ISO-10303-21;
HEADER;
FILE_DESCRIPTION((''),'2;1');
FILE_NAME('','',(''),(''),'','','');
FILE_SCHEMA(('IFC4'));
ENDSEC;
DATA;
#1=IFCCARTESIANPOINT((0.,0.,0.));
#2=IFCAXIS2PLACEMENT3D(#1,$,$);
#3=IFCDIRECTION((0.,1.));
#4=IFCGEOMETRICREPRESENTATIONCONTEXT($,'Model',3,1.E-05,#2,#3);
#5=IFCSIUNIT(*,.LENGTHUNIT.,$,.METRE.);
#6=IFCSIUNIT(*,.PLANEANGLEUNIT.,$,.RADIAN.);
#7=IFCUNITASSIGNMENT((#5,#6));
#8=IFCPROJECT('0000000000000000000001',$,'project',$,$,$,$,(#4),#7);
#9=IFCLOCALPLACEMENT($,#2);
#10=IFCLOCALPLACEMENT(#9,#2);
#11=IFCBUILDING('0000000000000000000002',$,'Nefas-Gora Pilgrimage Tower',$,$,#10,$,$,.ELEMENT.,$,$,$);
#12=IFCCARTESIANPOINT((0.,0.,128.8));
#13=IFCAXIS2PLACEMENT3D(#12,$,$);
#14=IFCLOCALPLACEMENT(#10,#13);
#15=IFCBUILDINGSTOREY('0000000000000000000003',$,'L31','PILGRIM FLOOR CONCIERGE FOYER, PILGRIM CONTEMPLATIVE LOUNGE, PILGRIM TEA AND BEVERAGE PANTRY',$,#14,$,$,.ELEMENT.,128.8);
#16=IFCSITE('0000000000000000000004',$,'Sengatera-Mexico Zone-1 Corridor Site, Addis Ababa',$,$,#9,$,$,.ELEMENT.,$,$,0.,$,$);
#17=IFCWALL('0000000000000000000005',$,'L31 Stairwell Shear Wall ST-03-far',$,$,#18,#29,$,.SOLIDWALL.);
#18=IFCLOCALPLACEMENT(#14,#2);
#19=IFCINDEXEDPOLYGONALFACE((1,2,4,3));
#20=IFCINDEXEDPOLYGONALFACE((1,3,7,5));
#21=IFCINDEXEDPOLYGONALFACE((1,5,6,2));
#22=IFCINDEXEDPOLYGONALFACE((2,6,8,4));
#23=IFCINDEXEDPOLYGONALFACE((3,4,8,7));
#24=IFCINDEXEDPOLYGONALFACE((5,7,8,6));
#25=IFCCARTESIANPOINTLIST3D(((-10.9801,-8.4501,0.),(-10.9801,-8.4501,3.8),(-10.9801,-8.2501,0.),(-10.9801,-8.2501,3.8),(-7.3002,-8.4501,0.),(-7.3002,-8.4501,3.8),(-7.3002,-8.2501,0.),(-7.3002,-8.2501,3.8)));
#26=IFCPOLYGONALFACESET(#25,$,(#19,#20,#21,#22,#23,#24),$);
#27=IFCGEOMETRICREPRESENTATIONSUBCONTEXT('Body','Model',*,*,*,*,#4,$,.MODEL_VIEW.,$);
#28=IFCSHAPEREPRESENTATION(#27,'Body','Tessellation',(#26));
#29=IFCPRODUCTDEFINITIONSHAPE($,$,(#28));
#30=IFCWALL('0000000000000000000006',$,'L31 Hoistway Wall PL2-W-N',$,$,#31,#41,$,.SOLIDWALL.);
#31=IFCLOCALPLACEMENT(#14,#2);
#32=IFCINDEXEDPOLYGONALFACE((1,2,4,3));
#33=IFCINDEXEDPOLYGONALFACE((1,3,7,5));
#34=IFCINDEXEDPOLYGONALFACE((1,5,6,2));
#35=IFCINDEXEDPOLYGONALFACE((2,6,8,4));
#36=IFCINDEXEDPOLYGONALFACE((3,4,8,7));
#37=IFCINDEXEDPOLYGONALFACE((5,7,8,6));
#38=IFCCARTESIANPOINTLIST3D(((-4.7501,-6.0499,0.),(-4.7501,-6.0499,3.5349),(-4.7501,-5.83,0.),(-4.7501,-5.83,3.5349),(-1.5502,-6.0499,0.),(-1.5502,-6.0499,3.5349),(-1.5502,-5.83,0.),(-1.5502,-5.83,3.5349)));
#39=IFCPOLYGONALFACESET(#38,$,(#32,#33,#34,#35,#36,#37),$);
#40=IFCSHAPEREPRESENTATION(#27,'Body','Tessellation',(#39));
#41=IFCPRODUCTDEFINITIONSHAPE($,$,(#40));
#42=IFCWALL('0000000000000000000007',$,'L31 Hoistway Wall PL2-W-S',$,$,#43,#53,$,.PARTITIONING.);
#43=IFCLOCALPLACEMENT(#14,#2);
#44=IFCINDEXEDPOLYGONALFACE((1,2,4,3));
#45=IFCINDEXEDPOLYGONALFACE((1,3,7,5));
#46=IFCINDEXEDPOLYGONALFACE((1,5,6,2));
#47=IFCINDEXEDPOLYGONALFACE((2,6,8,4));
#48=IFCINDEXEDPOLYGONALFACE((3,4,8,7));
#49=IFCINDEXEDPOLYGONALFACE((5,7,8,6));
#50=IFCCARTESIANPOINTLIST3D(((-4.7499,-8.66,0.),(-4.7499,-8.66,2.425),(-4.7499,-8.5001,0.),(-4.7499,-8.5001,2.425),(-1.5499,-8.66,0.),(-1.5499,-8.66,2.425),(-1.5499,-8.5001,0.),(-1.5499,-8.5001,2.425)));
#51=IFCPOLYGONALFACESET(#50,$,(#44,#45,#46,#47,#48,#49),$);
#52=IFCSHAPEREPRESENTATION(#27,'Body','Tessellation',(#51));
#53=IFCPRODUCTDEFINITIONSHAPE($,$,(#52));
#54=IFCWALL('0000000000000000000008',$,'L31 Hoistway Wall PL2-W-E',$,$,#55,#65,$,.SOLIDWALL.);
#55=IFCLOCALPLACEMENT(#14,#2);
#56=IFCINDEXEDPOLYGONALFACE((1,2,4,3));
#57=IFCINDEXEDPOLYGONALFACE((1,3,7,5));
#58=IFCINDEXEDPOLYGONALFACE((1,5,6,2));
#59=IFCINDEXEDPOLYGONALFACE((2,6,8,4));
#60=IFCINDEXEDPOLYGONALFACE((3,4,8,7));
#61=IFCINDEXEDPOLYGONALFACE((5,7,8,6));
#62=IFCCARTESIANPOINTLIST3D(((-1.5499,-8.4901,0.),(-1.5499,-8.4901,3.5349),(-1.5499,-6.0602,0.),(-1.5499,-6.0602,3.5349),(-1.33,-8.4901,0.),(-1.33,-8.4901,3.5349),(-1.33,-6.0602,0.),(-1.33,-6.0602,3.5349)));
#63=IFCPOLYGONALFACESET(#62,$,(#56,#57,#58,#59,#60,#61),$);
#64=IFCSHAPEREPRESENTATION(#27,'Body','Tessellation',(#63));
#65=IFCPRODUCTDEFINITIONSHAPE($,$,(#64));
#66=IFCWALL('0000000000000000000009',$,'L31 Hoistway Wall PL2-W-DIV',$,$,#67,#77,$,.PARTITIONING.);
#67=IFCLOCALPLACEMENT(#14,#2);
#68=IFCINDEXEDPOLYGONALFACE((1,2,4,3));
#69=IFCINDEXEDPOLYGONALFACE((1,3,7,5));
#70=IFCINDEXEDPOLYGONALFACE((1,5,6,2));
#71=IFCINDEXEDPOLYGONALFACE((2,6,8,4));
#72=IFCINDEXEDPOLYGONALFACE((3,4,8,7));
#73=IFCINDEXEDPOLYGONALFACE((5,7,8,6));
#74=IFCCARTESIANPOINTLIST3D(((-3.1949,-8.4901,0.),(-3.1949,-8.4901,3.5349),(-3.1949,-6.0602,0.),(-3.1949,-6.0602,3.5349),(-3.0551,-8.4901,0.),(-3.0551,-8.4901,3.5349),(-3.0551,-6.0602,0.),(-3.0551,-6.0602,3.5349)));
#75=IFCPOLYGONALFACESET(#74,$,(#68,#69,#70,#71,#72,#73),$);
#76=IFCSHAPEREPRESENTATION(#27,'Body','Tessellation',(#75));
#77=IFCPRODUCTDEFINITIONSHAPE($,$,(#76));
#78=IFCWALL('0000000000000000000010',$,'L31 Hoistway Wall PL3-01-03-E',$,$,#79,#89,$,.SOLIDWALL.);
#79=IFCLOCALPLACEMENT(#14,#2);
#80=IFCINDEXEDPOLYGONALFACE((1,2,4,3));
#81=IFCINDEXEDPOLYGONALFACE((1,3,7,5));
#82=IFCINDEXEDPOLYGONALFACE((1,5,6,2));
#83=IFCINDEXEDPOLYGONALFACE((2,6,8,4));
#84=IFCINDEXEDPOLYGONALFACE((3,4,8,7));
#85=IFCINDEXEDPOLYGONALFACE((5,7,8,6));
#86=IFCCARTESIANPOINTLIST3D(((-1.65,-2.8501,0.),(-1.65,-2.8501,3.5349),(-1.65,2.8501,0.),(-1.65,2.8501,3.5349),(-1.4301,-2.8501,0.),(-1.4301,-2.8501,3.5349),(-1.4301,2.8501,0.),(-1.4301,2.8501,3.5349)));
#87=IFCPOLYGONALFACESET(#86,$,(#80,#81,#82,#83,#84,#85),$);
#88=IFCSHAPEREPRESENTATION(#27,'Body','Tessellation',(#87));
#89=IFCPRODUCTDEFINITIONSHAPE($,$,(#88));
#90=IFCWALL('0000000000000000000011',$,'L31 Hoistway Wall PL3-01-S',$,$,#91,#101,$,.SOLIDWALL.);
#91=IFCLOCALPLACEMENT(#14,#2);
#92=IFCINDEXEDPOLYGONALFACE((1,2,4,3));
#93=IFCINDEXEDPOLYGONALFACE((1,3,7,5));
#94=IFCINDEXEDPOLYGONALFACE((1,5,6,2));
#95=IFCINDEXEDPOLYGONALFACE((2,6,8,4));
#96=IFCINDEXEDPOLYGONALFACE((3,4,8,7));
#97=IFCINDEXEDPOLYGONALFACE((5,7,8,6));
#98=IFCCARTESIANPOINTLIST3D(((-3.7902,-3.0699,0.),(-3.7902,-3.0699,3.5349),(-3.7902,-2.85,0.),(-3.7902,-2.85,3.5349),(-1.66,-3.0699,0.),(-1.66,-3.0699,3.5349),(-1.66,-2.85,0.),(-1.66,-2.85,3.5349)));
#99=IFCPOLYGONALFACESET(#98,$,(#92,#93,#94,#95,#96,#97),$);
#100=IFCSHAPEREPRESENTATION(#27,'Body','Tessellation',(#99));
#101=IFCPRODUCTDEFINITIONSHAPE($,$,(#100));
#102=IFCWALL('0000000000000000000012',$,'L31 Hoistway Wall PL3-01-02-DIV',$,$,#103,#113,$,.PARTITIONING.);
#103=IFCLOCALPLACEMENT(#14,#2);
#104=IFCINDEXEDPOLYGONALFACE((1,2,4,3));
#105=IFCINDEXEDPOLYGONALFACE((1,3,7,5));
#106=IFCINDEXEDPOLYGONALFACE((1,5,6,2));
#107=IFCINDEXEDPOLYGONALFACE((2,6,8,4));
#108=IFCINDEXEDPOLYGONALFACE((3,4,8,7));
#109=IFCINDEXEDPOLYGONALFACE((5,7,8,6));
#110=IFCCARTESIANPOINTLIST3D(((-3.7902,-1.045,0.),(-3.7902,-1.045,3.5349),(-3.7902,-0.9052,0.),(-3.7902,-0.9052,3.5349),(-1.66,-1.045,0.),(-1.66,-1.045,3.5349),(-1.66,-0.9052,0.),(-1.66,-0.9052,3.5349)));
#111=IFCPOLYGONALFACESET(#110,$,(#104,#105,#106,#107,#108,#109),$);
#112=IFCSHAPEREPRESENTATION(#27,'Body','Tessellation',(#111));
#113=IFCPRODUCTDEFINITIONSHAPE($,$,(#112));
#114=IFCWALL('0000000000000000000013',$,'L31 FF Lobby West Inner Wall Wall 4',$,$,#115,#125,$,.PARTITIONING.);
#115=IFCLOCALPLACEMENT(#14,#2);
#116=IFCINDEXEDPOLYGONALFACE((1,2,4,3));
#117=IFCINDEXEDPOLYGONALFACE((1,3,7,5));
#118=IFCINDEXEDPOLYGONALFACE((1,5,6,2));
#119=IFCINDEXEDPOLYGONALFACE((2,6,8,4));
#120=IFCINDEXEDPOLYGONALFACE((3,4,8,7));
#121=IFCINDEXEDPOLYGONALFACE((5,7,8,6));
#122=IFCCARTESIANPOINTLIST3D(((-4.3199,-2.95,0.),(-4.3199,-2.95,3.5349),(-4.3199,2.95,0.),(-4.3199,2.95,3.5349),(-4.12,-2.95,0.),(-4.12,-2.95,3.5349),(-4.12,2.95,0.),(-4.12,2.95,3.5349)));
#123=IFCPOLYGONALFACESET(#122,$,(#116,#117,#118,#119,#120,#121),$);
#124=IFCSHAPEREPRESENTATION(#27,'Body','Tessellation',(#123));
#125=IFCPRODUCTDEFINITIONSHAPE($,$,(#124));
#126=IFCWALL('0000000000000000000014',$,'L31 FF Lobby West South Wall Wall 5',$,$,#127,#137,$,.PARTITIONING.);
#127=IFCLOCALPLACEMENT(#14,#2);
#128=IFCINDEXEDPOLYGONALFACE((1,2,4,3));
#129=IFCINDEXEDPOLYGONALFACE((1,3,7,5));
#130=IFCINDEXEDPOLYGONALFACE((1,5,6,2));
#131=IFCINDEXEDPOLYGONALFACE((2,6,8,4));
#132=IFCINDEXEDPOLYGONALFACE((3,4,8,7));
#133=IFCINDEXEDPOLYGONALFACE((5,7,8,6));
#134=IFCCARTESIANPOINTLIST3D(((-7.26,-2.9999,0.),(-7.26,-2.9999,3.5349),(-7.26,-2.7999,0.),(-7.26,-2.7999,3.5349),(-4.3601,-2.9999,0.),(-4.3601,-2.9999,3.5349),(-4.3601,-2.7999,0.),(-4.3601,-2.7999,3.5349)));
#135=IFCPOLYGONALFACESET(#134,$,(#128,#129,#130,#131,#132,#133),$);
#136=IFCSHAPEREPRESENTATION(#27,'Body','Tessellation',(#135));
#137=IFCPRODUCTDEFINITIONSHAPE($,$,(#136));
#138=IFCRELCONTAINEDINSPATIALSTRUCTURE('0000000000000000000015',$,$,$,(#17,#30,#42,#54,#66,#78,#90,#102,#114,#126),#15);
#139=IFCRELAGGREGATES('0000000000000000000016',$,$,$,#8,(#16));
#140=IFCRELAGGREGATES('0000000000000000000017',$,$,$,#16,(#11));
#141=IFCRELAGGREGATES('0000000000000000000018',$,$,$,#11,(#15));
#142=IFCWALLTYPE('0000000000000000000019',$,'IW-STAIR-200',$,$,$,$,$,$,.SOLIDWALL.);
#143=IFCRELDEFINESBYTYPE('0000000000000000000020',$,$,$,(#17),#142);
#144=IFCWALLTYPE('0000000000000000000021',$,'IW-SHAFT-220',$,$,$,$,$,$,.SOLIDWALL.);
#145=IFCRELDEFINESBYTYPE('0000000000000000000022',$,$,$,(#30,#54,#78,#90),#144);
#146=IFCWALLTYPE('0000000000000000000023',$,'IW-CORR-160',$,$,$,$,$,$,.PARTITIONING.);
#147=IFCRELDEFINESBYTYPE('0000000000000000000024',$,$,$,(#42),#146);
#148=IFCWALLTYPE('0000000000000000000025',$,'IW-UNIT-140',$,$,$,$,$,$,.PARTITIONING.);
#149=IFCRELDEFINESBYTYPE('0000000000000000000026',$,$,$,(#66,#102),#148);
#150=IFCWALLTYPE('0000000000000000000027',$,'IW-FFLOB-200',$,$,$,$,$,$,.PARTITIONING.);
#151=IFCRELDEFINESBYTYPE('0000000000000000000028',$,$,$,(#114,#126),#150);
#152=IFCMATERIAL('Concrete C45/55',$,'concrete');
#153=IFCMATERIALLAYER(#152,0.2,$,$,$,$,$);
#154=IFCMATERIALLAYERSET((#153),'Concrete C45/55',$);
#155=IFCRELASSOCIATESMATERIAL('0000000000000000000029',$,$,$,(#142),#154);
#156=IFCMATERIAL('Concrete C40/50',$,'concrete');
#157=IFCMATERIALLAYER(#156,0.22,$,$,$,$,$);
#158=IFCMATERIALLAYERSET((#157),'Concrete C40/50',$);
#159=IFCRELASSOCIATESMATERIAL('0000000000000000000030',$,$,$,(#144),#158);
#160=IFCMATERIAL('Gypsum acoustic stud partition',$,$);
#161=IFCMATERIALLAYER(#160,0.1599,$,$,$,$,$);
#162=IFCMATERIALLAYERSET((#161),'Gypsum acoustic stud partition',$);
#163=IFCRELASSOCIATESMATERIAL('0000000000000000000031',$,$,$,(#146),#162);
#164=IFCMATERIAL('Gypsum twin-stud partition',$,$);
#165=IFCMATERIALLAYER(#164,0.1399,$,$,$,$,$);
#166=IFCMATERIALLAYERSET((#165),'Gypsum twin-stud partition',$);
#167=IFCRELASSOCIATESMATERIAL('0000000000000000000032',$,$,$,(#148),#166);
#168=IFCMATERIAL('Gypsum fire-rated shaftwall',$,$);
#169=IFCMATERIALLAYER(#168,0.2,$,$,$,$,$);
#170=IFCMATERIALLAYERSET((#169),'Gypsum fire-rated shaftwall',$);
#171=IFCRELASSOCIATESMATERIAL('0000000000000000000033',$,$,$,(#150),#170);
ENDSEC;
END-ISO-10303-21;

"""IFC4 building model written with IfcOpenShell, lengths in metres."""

from ifc_helpers import new_model, si_unit, direction, frame, frame_2d, origin, place, context, subcontext, project, spatial, rectangle, extrude, source, transform, mapped, material, layer, layer_set, type_object, element, save


model = new_model("IFC4")

# Units and contexts
model_context = context("Model", 3, precision=1e-05, world=origin(), true_north=direction((0.0, 1.0)))
body_context = subcontext(model_context, "Body", "Model", "MODEL_VIEW")
ifc_project = project(units=[si_unit("LENGTHUNIT", "METRE"), si_unit("PLANEANGLEUNIT", "RADIAN")], contexts=[model_context])

# Site, building, storey
site_placement = place(None, origin())
site = spatial("IfcSite", under=ifc_project, at=site_placement, Name="Sengatera-Mexico Zone-1 Corridor Site, Addis Ababa", CompositionType="ELEMENT", RefElevation=0.0)
building_placement = place(site_placement, origin())
building = spatial("IfcBuilding", under=site, at=building_placement, Name="Nefas-Gora Pilgrimage Tower", CompositionType="ELEMENT")
storey_placement = place(building_placement, frame((0.0, 0.0, 128.8)))
storey = spatial("IfcBuildingStorey", under=building, at=storey_placement, Name="L31", Description="PILGRIM FLOOR CONCIERGE FOYER, PILGRIM CONTEMPLATIVE LOUNGE, PILGRIM TEA AND BEVERAGE PANTRY", CompositionType="ELEMENT", Elevation=128.8)

# Shared definitions
ifc_material_1 = material(Name="Concrete C45/55", Category="concrete")
ifc_layer_1 = layer(ifc_material_1, 0.2)
ifc_layer_set_1 = layer_set([ifc_layer_1], Name="Concrete C45/55")
wall_type_1 = type_object("IfcWallType", Name="IW-STAIR-200", PredefinedType="SOLIDWALL", material=ifc_layer_set_1)

# Walls
shared_shape_1 = source(origin(), body_context, "Body", "SweptSolid", [
    extrude(rectangle(XDim=3.6799, YDim=0.2, at=frame_2d((1.8398, 0.0))), origin(), (0.0, 0.0, 1.0), 3.8),
])
wall_1_placement = place(storey_placement, frame((-10.98, -8.3501, 0.0), z_axis=(0.0, 0.0, 1.0), x_axis=(1.0, 0.0, 0.0)))
element("IfcWall", 1, at=wall_1_placement, inside=storey, type_object=wall_type_1, Name="L31 Stairwell Shear Wall ST-03-far", PredefinedType="SOLIDWALL", context=body_context, shape_type="MappedRepresentation", body=[
    mapped(shared_shape_1, transform((0.0, 0.0, 0.0), x_axis=(1.0, 0.0, 0.0), y_axis=(0.0, 1.0, 0.0), z_axis=(0.0, 0.0, 1.0), scale=1.0)),
])
ifc_material_2 = material(Name="Concrete C40/50", Category="concrete")
ifc_layer_2 = layer(ifc_material_2, 0.22)
ifc_layer_set_2 = layer_set([ifc_layer_2], Name="Concrete C40/50")
wall_type_2 = type_object("IfcWallType", Name="IW-SHAFT-220", PredefinedType="SOLIDWALL", material=ifc_layer_set_2)
shared_shape_2 = source(origin(), body_context, "Body", "SweptSolid", [
    extrude(rectangle(XDim=3.2, YDim=0.22, at=frame_2d((1.6001, 0.0))), origin(), (0.0, 0.0, 1.0), 3.5349),
])
wall_2_placement = place(storey_placement, frame((-1.55, -5.9399, 0.0), z_axis=(0.0, 0.0, 1.0), x_axis=(-1.0, 0.0, 0.0)))
element("IfcWall", 2, at=wall_2_placement, inside=storey, type_object=wall_type_2, Name="L31 Hoistway Wall PL2-W-N", PredefinedType="SOLIDWALL", context=body_context, shape_type="MappedRepresentation", body=[
    mapped(shared_shape_2, transform((0.0, 0.0, 0.0), x_axis=(1.0, 0.0, 0.0), y_axis=(0.0, 1.0, 0.0), z_axis=(0.0, 0.0, 1.0), scale=1.0)),
])
ifc_material_3 = material(Name="Gypsum acoustic stud partition")
ifc_layer_3 = layer(ifc_material_3, 0.1599)
ifc_layer_set_3 = layer_set([ifc_layer_3], Name="Gypsum acoustic stud partition")
wall_type_3 = type_object("IfcWallType", Name="IW-CORR-160", PredefinedType="PARTITIONING", material=ifc_layer_set_3)
shared_shape_3 = source(origin(), body_context, "Body", "SweptSolid", [
    extrude(rectangle(XDim=3.2, YDim=0.1599, at=frame_2d((1.6001, 0.0))), origin(), (0.0, 0.0, 1.0), 2.425),
])
wall_3_placement = place(storey_placement, frame((-4.75, -8.5801, 0.0), z_axis=(0.0, 0.0, 1.0), x_axis=(1.0, 0.0, 0.0)))
element("IfcWall", 3, at=wall_3_placement, inside=storey, type_object=wall_type_3, Name="L31 Hoistway Wall PL2-W-S", PredefinedType="PARTITIONING", context=body_context, shape_type="MappedRepresentation", body=[
    mapped(shared_shape_3, transform((0.0, 0.0, 0.0), x_axis=(1.0, 0.0, 0.0), y_axis=(0.0, 1.0, 0.0), z_axis=(0.0, 0.0, 1.0), scale=1.0)),
])
shared_shape_4 = source(origin(), body_context, "Body", "SweptSolid", [
    extrude(rectangle(XDim=2.4299, YDim=0.22, at=frame_2d((1.2148, 0.0))), origin(), (0.0, 0.0, 1.0), 3.5349),
])
for number, where, z_axis, x_axis, name in (
    (4, (-1.4399, -8.49, 0.0), (0.0, 0.0, 1.0), (0.0, 1.0, 0.0), "L31 Hoistway Wall PL2-W-E"),
):
    element("IfcWall", number, at=place(storey_placement, frame(where, z_axis=z_axis, x_axis=x_axis)), inside=storey, type_object=wall_type_2, Name=name, PredefinedType="SOLIDWALL", context=body_context, shape_type="MappedRepresentation", body=[
        mapped(shared_shape_4, transform((0.0, 0.0, 0.0), x_axis=(1.0, 0.0, 0.0), y_axis=(0.0, 1.0, 0.0), z_axis=(0.0, 0.0, 1.0), scale=1.0)),
    ])
ifc_material_4 = material(Name="Gypsum twin-stud partition")
ifc_layer_4 = layer(ifc_material_4, 0.1399)
ifc_layer_set_4 = layer_set([ifc_layer_4], Name="Gypsum twin-stud partition")
wall_type_4 = type_object("IfcWallType", Name="IW-UNIT-140", PredefinedType="PARTITIONING", material=ifc_layer_set_4)
shared_shape_5 = source(origin(), body_context, "Body", "SweptSolid", [
    extrude(rectangle(XDim=2.4299, YDim=0.1399, at=frame_2d((1.2148, 0.0))), origin(), (0.0, 0.0, 1.0), 3.5349),
])
wall_4_placement = place(storey_placement, frame((-3.125, -8.49, 0.0), z_axis=(0.0, 0.0, 1.0), x_axis=(0.0, 1.0, 0.0)))
element("IfcWall", 5, at=wall_4_placement, inside=storey, type_object=wall_type_4, Name="L31 Hoistway Wall PL2-W-DIV", PredefinedType="PARTITIONING", context=body_context, shape_type="MappedRepresentation", body=[
    mapped(shared_shape_5, transform((0.0, 0.0, 0.0), x_axis=(1.0, 0.0, 0.0), y_axis=(0.0, 1.0, 0.0), z_axis=(0.0, 0.0, 1.0), scale=1.0)),
])
shared_shape_6 = source(origin(), body_context, "Body", "SweptSolid", [
    extrude(rectangle(XDim=5.7002, YDim=0.22, at=frame_2d((2.8501, 0.0))), origin(), (0.0, 0.0, 1.0), 3.5349),
])
wall_5_placement = place(storey_placement, frame((-1.54, -2.8501, 0.0), z_axis=(0.0, 0.0, 1.0), x_axis=(0.0, 1.0, 0.0)))
element("IfcWall", 6, at=wall_5_placement, inside=storey, type_object=wall_type_2, Name="L31 Hoistway Wall PL3-01-03-E", PredefinedType="SOLIDWALL", context=body_context, shape_type="MappedRepresentation", body=[
    mapped(shared_shape_6, transform((0.0, 0.0, 0.0), x_axis=(1.0, 0.0, 0.0), y_axis=(0.0, 1.0, 0.0), z_axis=(0.0, 0.0, 1.0), scale=1.0)),
])
shared_shape_7 = source(origin(), body_context, "Body", "SweptSolid", [
    extrude(rectangle(XDim=2.1301, YDim=0.22, at=frame_2d((1.0649, 0.0))), origin(), (0.0, 0.0, 1.0), 3.5349),
])
wall_6_placement = place(storey_placement, frame((-3.79, -2.96, 0.0), z_axis=(0.0, 0.0, 1.0), x_axis=(1.0, 0.0, 0.0)))
element("IfcWall", 7, at=wall_6_placement, inside=storey, type_object=wall_type_2, Name="L31 Hoistway Wall PL3-01-S", PredefinedType="SOLIDWALL", context=body_context, shape_type="MappedRepresentation", body=[
    mapped(shared_shape_7, transform((0.0, 0.0, 0.0), x_axis=(1.0, 0.0, 0.0), y_axis=(0.0, 1.0, 0.0), z_axis=(0.0, 0.0, 1.0), scale=1.0)),
])
shared_shape_8 = source(origin(), body_context, "Body", "SweptSolid", [
    extrude(rectangle(XDim=2.1301, YDim=0.1399, at=frame_2d((1.0649, 0.0))), origin(), (0.0, 0.0, 1.0), 3.5349),
])
wall_7_placement = place(storey_placement, frame((-3.79, -0.9751, 0.0), z_axis=(0.0, 0.0, 1.0), x_axis=(1.0, 0.0, 0.0)))
element("IfcWall", 8, at=wall_7_placement, inside=storey, type_object=wall_type_4, Name="L31 Hoistway Wall PL3-01-02-DIV", PredefinedType="PARTITIONING", context=body_context, shape_type="MappedRepresentation", body=[
    mapped(shared_shape_8, transform((0.0, 0.0, 0.0), x_axis=(1.0, 0.0, 0.0), y_axis=(0.0, 1.0, 0.0), z_axis=(0.0, 0.0, 1.0), scale=1.0)),
])
ifc_material_5 = material(Name="Gypsum fire-rated shaftwall")
ifc_layer_5 = layer(ifc_material_5, 0.2)
ifc_layer_set_5 = layer_set([ifc_layer_5], Name="Gypsum fire-rated shaftwall")
wall_type_5 = type_object("IfcWallType", Name="IW-FFLOB-200", PredefinedType="PARTITIONING", material=ifc_layer_set_5)
shared_shape_9 = source(origin(), body_context, "Body", "SweptSolid", [
    extrude(rectangle(XDim=5.8999, YDim=0.2, at=frame_2d((2.95, 0.0))), origin(), (0.0, 0.0, 1.0), 3.5349),
])
wall_8_placement = place(storey_placement, frame((-4.22, -2.95, 0.0), z_axis=(0.0, 0.0, 1.0), x_axis=(0.0, 1.0, 0.0)))
element("IfcWall", 9, at=wall_8_placement, inside=storey, type_object=wall_type_5, Name="L31 FF Lobby West Inner Wall Wall 4", PredefinedType="PARTITIONING", context=body_context, shape_type="MappedRepresentation", body=[
    mapped(shared_shape_9, transform((0.0, 0.0, 0.0), x_axis=(1.0, 0.0, 0.0), y_axis=(0.0, 1.0, 0.0), z_axis=(0.0, 0.0, 1.0), scale=1.0)),
])
shared_shape_10 = source(origin(), body_context, "Body", "SweptSolid", [
    extrude(rectangle(XDim=2.8999, YDim=0.2, at=frame_2d((1.45, 0.0))), origin(), (0.0, 0.0, 1.0), 3.5349),
])
wall_9_placement = place(storey_placement, frame((-7.26, -2.8999, 0.0), z_axis=(0.0, 0.0, 1.0), x_axis=(1.0, 0.0, 0.0)))
element("IfcWall", 10, at=wall_9_placement, inside=storey, type_object=wall_type_5, Name="L31 FF Lobby West South Wall Wall 5", PredefinedType="PARTITIONING", context=body_context, shape_type="MappedRepresentation", body=[
    mapped(shared_shape_10, transform((0.0, 0.0, 0.0), x_axis=(1.0, 0.0, 0.0), y_axis=(0.0, 1.0, 0.0), z_axis=(0.0, 0.0, 1.0), scale=1.0)),
])

save(model, "model.ifc")
